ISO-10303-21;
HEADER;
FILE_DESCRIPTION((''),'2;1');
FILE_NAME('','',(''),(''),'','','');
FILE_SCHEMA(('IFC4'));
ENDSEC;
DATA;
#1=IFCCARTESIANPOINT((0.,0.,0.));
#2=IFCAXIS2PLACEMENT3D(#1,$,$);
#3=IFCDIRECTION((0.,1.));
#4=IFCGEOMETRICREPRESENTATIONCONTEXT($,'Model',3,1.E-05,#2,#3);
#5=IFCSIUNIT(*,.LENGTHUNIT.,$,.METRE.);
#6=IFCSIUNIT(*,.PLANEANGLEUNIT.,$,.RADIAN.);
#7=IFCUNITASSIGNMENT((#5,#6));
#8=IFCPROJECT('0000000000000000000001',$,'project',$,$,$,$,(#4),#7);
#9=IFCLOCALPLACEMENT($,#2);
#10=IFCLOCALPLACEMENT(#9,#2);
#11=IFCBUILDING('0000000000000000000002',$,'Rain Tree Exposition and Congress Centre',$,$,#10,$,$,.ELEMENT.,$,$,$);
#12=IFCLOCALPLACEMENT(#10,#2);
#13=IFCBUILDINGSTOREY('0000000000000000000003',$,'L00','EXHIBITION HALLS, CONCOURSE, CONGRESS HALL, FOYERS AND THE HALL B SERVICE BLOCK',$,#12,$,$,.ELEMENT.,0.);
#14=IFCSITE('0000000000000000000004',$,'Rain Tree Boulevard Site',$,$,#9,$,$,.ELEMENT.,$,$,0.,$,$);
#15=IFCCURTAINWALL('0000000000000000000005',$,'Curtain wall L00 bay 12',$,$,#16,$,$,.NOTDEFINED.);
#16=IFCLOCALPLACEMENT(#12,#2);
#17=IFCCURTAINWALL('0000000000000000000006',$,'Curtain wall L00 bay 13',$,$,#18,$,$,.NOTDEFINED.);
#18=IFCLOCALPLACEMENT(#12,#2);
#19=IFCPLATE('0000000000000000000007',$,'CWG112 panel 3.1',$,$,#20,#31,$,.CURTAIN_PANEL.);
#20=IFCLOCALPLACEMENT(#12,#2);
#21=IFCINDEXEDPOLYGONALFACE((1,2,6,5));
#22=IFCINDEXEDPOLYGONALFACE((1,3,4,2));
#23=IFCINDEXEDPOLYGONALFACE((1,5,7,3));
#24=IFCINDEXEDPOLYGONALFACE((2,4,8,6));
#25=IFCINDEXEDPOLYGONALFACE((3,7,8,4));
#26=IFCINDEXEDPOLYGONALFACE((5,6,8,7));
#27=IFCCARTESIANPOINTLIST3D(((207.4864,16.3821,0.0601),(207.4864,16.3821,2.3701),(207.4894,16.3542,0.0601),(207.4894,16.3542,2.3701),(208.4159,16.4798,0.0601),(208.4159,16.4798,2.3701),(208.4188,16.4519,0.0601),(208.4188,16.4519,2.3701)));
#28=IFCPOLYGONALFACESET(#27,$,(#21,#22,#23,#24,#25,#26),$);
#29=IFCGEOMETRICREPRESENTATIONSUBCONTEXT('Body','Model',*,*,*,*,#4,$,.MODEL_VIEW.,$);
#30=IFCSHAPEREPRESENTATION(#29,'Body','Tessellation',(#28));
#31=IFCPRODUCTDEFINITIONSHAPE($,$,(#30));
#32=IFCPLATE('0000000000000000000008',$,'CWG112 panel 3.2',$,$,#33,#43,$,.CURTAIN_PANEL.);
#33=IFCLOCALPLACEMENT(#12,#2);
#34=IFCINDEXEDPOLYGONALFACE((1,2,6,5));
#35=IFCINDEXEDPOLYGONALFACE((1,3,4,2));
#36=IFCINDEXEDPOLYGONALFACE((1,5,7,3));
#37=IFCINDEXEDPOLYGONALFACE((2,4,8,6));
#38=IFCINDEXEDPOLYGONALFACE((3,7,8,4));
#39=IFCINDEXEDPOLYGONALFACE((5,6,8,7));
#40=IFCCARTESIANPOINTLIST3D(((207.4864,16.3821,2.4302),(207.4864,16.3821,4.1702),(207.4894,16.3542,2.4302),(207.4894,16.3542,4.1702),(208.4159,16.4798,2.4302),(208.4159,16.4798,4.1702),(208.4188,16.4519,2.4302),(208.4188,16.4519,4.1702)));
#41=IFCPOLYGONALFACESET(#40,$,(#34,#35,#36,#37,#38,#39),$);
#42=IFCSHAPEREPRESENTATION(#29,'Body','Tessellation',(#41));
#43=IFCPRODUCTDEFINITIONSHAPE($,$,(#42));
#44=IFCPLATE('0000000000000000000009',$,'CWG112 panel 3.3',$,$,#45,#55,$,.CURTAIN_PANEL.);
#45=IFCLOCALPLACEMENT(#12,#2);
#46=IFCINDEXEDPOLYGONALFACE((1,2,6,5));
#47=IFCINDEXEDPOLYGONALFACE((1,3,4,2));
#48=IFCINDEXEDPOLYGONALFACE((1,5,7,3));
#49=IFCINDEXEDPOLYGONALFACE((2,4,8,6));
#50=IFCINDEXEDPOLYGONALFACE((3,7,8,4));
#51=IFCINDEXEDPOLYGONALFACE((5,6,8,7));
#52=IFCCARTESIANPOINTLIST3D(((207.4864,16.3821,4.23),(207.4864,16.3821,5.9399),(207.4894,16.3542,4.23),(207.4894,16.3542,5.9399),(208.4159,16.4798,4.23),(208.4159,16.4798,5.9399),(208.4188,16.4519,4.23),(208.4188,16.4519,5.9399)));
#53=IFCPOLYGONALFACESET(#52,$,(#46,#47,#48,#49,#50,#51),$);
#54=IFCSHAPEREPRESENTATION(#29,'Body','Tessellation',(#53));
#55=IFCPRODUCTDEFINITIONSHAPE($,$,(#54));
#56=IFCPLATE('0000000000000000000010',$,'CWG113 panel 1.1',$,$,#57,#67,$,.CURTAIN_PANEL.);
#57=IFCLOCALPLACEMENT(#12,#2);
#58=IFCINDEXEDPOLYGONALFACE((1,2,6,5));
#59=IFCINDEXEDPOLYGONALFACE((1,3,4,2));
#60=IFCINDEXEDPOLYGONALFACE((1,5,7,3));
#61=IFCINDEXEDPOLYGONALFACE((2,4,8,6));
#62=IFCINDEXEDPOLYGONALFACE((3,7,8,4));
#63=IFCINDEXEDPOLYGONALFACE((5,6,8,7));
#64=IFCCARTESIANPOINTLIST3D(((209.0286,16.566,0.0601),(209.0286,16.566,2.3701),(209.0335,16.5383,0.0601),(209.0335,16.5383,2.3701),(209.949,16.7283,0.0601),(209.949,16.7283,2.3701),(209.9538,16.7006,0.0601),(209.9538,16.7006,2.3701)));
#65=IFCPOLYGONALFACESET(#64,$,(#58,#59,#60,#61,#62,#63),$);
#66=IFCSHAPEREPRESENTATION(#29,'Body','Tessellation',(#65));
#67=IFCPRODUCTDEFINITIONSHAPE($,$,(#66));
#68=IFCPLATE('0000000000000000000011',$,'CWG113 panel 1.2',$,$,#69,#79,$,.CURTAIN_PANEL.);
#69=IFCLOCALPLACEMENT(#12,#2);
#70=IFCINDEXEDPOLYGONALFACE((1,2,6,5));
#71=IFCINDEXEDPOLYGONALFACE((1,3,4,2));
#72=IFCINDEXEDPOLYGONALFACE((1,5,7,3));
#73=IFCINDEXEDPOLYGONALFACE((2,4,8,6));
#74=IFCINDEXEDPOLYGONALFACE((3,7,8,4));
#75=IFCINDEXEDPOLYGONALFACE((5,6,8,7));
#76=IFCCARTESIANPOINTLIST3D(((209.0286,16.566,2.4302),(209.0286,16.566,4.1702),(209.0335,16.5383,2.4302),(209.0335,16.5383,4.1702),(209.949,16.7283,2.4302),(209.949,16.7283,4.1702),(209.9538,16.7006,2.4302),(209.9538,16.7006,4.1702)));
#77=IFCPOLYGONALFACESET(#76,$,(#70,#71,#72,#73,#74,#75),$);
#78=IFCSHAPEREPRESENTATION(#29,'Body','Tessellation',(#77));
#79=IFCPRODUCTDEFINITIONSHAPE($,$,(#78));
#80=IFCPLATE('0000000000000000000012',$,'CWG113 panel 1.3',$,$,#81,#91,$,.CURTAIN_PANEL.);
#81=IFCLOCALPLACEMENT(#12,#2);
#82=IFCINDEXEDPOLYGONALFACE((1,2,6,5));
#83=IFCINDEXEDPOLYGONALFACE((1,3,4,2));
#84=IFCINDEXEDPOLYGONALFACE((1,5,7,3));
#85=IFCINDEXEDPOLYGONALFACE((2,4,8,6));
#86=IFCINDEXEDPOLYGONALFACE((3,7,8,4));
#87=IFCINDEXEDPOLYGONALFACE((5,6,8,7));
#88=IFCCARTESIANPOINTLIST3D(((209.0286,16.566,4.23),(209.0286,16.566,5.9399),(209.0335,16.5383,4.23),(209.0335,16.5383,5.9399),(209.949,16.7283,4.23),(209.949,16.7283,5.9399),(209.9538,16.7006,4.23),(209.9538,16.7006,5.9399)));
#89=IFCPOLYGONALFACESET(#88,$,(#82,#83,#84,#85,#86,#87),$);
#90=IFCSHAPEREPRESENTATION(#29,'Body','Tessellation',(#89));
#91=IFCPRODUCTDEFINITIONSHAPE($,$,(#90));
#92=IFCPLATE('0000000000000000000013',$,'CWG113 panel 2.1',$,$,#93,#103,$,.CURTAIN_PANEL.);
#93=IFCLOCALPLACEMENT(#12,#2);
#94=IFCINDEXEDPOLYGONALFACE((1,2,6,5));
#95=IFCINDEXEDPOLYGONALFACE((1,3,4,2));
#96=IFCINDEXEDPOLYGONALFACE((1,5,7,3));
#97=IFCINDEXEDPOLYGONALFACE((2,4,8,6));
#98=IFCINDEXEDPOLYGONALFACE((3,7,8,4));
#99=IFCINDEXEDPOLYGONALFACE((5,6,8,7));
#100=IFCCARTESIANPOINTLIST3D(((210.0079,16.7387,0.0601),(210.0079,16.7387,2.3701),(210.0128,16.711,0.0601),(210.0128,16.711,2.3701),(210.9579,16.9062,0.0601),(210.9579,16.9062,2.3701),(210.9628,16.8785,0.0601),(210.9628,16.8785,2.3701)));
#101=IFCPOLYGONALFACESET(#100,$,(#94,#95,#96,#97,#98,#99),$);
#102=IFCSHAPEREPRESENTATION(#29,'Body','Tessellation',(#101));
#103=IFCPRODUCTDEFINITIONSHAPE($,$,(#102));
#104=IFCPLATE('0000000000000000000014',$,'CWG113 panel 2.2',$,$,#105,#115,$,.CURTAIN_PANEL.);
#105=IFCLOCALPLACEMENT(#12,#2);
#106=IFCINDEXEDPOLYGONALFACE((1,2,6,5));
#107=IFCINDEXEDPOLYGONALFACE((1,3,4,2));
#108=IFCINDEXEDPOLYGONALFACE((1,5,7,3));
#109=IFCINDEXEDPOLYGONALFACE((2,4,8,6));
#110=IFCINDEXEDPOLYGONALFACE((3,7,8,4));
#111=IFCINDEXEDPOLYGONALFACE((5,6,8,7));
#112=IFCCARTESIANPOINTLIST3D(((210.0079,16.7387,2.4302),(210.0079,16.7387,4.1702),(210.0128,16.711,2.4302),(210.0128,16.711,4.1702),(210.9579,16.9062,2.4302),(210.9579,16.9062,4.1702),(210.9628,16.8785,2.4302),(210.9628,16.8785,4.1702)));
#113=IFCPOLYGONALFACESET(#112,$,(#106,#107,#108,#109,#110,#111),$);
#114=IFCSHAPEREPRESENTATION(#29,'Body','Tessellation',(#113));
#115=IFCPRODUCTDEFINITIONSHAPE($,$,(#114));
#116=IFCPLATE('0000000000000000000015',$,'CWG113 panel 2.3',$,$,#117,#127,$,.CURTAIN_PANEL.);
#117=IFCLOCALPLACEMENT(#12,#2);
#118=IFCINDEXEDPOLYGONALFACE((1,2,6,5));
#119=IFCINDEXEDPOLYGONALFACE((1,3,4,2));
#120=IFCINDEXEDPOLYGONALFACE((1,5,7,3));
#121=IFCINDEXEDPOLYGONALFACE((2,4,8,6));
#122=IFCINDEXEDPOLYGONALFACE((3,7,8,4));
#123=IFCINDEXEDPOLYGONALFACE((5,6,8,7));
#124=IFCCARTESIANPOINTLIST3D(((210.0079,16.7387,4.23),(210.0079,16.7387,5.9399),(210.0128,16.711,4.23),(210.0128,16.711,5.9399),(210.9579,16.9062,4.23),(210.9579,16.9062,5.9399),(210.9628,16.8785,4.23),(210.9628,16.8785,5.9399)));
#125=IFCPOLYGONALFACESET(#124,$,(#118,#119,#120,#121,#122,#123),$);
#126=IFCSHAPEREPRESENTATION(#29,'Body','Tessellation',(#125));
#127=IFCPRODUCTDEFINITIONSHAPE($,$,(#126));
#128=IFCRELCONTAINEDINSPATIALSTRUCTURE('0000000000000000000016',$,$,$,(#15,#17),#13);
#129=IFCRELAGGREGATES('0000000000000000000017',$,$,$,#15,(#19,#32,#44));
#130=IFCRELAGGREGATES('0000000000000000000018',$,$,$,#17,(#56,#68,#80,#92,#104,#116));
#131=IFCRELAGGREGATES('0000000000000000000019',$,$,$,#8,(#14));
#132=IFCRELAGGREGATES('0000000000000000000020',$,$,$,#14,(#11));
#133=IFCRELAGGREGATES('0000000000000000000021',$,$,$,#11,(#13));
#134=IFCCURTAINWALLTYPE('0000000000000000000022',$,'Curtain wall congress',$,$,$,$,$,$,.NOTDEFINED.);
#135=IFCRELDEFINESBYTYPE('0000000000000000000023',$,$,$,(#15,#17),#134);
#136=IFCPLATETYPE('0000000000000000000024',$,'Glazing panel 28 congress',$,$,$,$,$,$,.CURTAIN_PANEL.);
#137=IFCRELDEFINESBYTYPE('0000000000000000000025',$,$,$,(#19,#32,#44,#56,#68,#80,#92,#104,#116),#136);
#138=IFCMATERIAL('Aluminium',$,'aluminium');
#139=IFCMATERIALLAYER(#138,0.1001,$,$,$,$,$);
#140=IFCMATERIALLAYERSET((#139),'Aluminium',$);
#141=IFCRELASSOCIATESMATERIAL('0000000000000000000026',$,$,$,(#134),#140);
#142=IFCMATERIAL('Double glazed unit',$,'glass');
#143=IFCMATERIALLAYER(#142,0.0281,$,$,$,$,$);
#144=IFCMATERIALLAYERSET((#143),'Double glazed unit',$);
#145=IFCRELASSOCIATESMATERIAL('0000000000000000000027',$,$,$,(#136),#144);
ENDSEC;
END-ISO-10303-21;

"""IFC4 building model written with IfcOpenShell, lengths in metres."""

from ifc_helpers import new_model, si_unit, direction, frame, origin, origin_2d, place, context, subcontext, project, spatial, rectangle, extrude, material, layer, layer_set, type_object, element, aggregate, save


model = new_model("IFC4")

# Units and contexts
model_context = context("Model", 3, precision=1e-05, world=origin(), true_north=direction((0.0, 1.0)))
body_context = subcontext(model_context, "Body", "Model", "MODEL_VIEW")
ifc_project = project(units=[si_unit("LENGTHUNIT", "METRE"), si_unit("PLANEANGLEUNIT", "RADIAN")], contexts=[model_context])

# Site, building, storey
site_placement = place(None, origin())
site = spatial("IfcSite", under=ifc_project, at=site_placement, Name="Rain Tree Boulevard Site", CompositionType="ELEMENT", RefElevation=0.0)
building_placement = place(site_placement, origin())
building = spatial("IfcBuilding", under=site, at=building_placement, Name="Rain Tree Exposition and Congress Centre", CompositionType="ELEMENT")
storey_placement = place(building_placement, origin())
storey = spatial("IfcBuildingStorey", under=building, at=storey_placement, Name="L00", Description="EXHIBITION HALLS, CONCOURSE, CONGRESS HALL, FOYERS AND THE HALL B SERVICE BLOCK", CompositionType="ELEMENT", Elevation=0.0)

# Curtain walls
ifc_material_1 = material(Name="Aluminium", Category="aluminium")
ifc_layer_1 = layer(ifc_material_1, 0.1001)
ifc_layer_set_1 = layer_set([ifc_layer_1], Name="Aluminium")
curtain_wall_type = type_object("IfcCurtainWallType", Name="Curtain wall congress", PredefinedType="NOTDEFINED", material=ifc_layer_set_1)
curtain_wall_1_placement = place(storey_placement, origin())
curtain_wall_1 = element("IfcCurtainWall", 1, at=curtain_wall_1_placement, inside=storey, type_object=curtain_wall_type, Name="Curtain wall L00 bay 12", PredefinedType="NOTDEFINED")
curtain_wall_2_placement = place(storey_placement, origin())
curtain_wall_2 = element("IfcCurtainWall", 2, at=curtain_wall_2_placement, inside=storey, type_object=curtain_wall_type, Name="Curtain wall L00 bay 13", PredefinedType="NOTDEFINED")

# Plates
ifc_material_2 = material(Name="Double glazed unit", Category="glass")
ifc_layer_2 = layer(ifc_material_2, 0.0281)
ifc_layer_set_2 = layer_set([ifc_layer_2], Name="Double glazed unit")
plate_type = type_object("IfcPlateType", Name="Glazing panel 28 congress", PredefinedType="CURTAIN_PANEL", material=ifc_layer_set_2)
plate_1_placement = place(storey_placement, frame((207.9526, 16.417, 0.0601), z_axis=(0.0, 0.0, 1.0), x_axis=(0.994525, 0.104502, 0.0)))
plate_1 = element("IfcPlate", 3, at=plate_1_placement, type_object=plate_type, Name="CWG112 panel 3.1", PredefinedType="CURTAIN_PANEL", context=body_context, shape_type="SweptSolid", body=[
    extrude(rectangle(XDim=0.9346, YDim=0.0281, at=origin_2d()), origin(), (0.0, 0.0, 1.0), 2.3101),
])
plate_2_placement = place(storey_placement, frame((207.9526, 16.417, 2.4302), z_axis=(0.0, 0.0, 1.0), x_axis=(0.994525, 0.104502, 0.0)))
plate_2 = element("IfcPlate", 4, at=plate_2_placement, type_object=plate_type, Name="CWG112 panel 3.2", PredefinedType="CURTAIN_PANEL", context=body_context, shape_type="SweptSolid", body=[
    extrude(rectangle(XDim=0.9346, YDim=0.0281, at=origin_2d()), origin(), (0.0, 0.0, 1.0), 1.74),
])
plate_3_placement = place(storey_placement, frame((207.9526, 16.417, 4.23), z_axis=(0.0, 0.0, 1.0), x_axis=(0.994525, 0.104502, 0.0)))
plate_3 = element("IfcPlate", 5, at=plate_3_placement, type_object=plate_type, Name="CWG112 panel 3.3", PredefinedType="CURTAIN_PANEL", context=body_context, shape_type="SweptSolid", body=[
    extrude(rectangle(XDim=0.9346, YDim=0.0281, at=origin_2d()), origin(), (0.0, 0.0, 1.0), 1.71),
])
aggregate(curtain_wall_1, [plate_1, plate_2, plate_3])
plate_4_placement = place(storey_placement, frame((209.4912, 16.6333, 0.0601), z_axis=(0.0, 0.0, 1.0), x_axis=(0.98481, 0.173635, 0.0)))
plate_4 = element("IfcPlate", 6, at=plate_4_placement, type_object=plate_type, Name="CWG113 panel 1.1", PredefinedType="CURTAIN_PANEL", context=body_context, shape_type="SweptSolid", body=[
    extrude(rectangle(XDim=0.9346, YDim=0.0281, at=origin_2d()), origin(), (0.0, 0.0, 1.0), 2.3101),
])
plate_5_placement = place(storey_placement, frame((209.4912, 16.6333, 2.4302), z_axis=(0.0, 0.0, 1.0), x_axis=(0.98481, 0.173635, 0.0)))
plate_5 = element("IfcPlate", 7, at=plate_5_placement, type_object=plate_type, Name="CWG113 panel 1.2", PredefinedType="CURTAIN_PANEL", context=body_context, shape_type="SweptSolid", body=[
    extrude(rectangle(XDim=0.9346, YDim=0.0281, at=origin_2d()), origin(), (0.0, 0.0, 1.0), 1.74),
])
plate_6_placement = place(storey_placement, frame((209.4912, 16.6333, 4.23), z_axis=(0.0, 0.0, 1.0), x_axis=(0.98481, 0.173635, 0.0)))
plate_6 = element("IfcPlate", 8, at=plate_6_placement, type_object=plate_type, Name="CWG113 panel 1.3", PredefinedType="CURTAIN_PANEL", context=body_context, shape_type="SweptSolid", body=[
    extrude(rectangle(XDim=0.9346, YDim=0.0281, at=origin_2d()), origin(), (0.0, 0.0, 1.0), 1.71),
])
plate_7_placement = place(storey_placement, frame((210.4854, 16.8086, 0.0601), z_axis=(0.0, 0.0, 1.0), x_axis=(0.98481, 0.173635, 0.0)))
plate_7 = element("IfcPlate", 9, at=plate_7_placement, type_object=plate_type, Name="CWG113 panel 2.1", PredefinedType="CURTAIN_PANEL", context=body_context, shape_type="SweptSolid", body=[
    extrude(rectangle(XDim=0.9646, YDim=0.0281, at=origin_2d()), origin(), (0.0, 0.0, 1.0), 2.3101),
])
plate_8_placement = place(storey_placement, frame((210.4854, 16.8086, 2.4302), z_axis=(0.0, 0.0, 1.0), x_axis=(0.98481, 0.173635, 0.0)))
plate_8 = element("IfcPlate", 10, at=plate_8_placement, type_object=plate_type, Name="CWG113 panel 2.2", PredefinedType="CURTAIN_PANEL", context=body_context, shape_type="SweptSolid", body=[
    extrude(rectangle(XDim=0.9646, YDim=0.0281, at=origin_2d()), origin(), (0.0, 0.0, 1.0), 1.74),
])
plate_9_placement = place(storey_placement, frame((210.4854, 16.8086, 4.23), z_axis=(0.0, 0.0, 1.0), x_axis=(0.98481, 0.173635, 0.0)))
plate_9 = element("IfcPlate", 11, at=plate_9_placement, type_object=plate_type, Name="CWG113 panel 2.3", PredefinedType="CURTAIN_PANEL", context=body_context, shape_type="SweptSolid", body=[
    extrude(rectangle(XDim=0.9646, YDim=0.0281, at=origin_2d()), origin(), (0.0, 0.0, 1.0), 1.71),
])
aggregate(curtain_wall_2, [plate_4, plate_5, plate_6, plate_7, plate_8, plate_9])

save(model, "model.ifc")
